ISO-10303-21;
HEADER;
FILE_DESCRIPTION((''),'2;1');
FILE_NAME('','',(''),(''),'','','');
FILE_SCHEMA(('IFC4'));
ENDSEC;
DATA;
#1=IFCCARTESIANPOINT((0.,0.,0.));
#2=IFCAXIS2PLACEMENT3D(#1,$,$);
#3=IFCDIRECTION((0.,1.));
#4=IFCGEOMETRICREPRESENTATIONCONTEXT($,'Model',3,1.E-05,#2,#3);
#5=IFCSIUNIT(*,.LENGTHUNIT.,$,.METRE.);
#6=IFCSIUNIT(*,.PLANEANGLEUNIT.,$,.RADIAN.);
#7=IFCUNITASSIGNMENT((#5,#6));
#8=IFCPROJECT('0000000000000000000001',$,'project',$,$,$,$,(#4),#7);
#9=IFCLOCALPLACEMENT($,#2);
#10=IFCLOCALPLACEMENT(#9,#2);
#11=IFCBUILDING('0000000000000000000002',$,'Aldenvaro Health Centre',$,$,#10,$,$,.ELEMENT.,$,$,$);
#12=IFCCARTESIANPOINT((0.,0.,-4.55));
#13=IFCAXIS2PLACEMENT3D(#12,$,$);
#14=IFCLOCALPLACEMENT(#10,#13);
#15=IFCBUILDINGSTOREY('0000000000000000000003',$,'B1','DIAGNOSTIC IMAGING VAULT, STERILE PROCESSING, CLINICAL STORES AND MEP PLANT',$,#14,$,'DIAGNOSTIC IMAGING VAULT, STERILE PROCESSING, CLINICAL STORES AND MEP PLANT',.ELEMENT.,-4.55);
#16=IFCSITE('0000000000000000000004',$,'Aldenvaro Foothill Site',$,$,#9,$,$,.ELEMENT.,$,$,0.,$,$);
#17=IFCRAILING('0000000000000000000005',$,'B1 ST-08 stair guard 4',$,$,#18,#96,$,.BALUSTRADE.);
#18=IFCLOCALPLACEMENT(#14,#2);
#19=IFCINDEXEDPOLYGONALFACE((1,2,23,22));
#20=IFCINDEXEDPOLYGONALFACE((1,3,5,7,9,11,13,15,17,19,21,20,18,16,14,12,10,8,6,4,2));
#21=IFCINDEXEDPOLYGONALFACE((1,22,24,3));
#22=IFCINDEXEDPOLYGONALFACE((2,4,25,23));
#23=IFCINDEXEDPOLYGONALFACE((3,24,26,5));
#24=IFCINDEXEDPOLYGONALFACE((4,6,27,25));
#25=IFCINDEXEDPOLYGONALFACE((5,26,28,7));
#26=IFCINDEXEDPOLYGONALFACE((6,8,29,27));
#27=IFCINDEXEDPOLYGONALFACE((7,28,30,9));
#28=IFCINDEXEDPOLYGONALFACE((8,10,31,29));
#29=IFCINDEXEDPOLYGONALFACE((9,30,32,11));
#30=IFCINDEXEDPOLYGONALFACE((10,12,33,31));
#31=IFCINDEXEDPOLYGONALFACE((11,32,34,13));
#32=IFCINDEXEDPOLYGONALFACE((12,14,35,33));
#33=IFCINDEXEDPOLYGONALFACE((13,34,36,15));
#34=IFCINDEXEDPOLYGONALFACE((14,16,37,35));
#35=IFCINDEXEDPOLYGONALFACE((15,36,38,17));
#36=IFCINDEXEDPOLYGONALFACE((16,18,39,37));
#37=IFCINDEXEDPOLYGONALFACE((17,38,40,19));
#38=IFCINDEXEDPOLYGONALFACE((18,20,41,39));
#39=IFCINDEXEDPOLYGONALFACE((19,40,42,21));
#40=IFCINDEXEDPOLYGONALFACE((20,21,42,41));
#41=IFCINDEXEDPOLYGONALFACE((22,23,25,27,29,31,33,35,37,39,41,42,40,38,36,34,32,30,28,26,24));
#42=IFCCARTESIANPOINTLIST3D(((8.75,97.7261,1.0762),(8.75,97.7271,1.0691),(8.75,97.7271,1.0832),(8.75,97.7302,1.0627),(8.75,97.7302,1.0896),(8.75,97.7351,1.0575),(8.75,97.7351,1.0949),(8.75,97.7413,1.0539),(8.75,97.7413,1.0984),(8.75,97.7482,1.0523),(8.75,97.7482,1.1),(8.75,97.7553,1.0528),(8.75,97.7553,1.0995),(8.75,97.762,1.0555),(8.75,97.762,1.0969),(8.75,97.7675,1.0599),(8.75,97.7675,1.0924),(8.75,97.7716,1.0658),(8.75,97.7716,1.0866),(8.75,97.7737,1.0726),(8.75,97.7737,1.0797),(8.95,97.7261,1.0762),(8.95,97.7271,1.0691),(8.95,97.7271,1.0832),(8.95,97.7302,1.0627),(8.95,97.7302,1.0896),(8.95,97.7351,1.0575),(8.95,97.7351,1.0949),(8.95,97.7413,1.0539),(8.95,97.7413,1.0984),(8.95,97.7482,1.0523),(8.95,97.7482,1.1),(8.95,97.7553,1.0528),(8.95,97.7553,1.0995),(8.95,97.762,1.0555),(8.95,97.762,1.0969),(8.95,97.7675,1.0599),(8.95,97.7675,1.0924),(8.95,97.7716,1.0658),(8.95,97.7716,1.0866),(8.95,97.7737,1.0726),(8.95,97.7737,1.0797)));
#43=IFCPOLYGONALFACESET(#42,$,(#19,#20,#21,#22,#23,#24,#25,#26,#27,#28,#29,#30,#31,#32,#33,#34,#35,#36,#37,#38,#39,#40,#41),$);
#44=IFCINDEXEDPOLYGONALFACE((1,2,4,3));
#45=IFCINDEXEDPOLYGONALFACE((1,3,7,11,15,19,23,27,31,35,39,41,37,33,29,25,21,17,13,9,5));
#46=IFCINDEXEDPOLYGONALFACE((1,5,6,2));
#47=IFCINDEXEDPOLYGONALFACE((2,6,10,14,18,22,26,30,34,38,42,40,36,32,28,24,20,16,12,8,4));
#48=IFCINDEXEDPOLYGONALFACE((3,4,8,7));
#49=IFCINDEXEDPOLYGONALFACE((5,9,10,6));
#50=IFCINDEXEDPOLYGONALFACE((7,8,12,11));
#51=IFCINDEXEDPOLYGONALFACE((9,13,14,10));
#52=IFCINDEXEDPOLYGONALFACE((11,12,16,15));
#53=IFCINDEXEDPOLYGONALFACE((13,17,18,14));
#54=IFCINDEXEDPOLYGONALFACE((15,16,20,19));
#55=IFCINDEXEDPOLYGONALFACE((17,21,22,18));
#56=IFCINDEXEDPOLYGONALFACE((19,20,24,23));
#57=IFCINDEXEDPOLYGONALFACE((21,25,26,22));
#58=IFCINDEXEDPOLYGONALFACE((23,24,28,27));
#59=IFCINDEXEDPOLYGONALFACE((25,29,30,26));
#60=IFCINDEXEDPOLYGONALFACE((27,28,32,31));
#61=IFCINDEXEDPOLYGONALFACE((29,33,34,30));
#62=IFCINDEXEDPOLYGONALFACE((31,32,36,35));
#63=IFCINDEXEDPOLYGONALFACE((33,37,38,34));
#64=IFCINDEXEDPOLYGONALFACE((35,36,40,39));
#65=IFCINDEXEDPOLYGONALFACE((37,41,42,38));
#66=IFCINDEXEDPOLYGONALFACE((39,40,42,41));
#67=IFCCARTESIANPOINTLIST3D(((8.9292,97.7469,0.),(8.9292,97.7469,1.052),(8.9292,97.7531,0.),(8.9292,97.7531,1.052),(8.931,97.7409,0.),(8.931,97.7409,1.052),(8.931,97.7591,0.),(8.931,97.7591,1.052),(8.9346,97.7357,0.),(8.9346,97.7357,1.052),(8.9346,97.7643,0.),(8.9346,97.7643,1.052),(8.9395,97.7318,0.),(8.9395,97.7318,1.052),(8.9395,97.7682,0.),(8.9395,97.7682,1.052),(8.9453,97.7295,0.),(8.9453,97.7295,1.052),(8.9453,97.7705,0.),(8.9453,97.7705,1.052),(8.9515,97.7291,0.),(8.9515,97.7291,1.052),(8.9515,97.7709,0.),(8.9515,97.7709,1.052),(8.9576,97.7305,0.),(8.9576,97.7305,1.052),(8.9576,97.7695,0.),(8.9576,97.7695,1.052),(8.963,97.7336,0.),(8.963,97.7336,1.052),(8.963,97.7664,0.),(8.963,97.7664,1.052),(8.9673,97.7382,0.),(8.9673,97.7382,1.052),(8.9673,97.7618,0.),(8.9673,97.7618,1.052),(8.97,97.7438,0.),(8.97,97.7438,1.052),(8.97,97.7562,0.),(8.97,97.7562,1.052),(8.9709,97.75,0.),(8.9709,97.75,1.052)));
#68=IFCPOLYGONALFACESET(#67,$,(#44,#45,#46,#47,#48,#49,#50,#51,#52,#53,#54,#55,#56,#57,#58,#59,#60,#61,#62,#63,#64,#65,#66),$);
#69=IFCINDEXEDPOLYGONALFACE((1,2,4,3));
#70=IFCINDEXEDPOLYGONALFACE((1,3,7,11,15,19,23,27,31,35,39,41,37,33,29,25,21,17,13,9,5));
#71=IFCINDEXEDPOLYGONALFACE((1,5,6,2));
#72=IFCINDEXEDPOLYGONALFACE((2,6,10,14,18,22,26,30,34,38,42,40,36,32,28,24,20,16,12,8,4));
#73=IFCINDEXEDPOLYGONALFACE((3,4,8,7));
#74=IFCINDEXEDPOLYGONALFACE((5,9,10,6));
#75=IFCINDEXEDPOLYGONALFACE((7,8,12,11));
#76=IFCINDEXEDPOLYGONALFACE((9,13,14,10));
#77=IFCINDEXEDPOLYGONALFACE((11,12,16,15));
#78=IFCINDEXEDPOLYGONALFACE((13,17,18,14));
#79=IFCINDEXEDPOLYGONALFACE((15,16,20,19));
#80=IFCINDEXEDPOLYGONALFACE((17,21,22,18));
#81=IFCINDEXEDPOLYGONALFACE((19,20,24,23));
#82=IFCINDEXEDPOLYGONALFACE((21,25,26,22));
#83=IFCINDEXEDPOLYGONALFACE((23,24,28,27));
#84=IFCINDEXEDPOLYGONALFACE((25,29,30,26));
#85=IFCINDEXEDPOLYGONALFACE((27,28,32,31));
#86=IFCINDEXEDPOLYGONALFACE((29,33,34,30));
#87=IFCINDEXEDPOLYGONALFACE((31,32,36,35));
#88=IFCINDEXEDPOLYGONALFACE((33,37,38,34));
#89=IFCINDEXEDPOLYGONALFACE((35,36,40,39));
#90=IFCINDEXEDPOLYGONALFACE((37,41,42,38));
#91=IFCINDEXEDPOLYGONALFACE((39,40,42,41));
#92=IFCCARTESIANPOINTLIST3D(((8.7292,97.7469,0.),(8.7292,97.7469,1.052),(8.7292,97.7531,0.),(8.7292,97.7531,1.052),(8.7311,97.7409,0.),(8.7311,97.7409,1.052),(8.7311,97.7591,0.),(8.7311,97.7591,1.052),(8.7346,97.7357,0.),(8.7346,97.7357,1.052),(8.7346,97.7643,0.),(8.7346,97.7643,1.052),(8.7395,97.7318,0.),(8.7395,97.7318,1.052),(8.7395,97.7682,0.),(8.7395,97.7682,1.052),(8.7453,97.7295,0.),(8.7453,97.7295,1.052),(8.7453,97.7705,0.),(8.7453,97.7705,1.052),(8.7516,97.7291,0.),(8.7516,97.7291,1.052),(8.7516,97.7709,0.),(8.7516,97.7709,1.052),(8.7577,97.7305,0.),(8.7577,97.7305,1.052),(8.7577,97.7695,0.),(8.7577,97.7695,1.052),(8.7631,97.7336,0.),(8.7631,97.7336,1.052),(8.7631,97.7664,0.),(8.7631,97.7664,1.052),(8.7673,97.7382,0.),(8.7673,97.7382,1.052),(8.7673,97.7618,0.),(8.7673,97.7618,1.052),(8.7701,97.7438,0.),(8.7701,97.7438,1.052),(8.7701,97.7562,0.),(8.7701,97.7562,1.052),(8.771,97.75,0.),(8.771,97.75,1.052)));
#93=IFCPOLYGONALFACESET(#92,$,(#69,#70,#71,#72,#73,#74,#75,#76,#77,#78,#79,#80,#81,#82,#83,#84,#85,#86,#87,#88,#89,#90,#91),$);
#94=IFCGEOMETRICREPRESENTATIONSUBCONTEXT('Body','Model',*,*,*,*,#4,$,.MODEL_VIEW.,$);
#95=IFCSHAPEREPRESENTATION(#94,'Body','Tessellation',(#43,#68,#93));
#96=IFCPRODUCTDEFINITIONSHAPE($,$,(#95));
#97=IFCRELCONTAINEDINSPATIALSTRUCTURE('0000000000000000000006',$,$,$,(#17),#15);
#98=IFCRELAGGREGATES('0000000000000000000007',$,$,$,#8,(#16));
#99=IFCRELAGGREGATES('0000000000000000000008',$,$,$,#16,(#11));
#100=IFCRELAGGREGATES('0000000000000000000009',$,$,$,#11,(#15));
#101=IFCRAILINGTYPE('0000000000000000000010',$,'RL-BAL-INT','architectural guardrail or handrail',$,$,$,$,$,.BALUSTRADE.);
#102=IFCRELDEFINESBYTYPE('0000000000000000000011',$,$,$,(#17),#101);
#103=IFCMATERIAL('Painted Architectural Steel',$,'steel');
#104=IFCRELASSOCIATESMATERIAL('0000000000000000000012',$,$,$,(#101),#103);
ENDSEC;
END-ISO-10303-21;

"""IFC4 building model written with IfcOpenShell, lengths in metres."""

from ifc_helpers import new_model, si_unit, direction, frame, origin, origin_2d, place, context, subcontext, project, spatial, circle, extrude, material, type_object, element, save


model = new_model("IFC4")

# Units and contexts
model_context = context("Model", 3, precision=1e-05, world=origin(), true_north=direction((0.0, 1.0)))
body_context = subcontext(model_context, "Body", "Model", "MODEL_VIEW")
ifc_project = project(units=[si_unit("LENGTHUNIT", "METRE"), si_unit("PLANEANGLEUNIT", "RADIAN")], contexts=[model_context])

# Site, building, storey
site_placement = place(None, origin())
site = spatial("IfcSite", under=ifc_project, at=site_placement, Name="Aldenvaro Foothill Site", CompositionType="ELEMENT", RefElevation=0.0)
building_placement = place(site_placement, origin())
building = spatial("IfcBuilding", under=site, at=building_placement, Name="Aldenvaro Health Centre", CompositionType="ELEMENT")
storey_placement = place(building_placement, frame((0.0, 0.0, -4.55)))
storey = spatial("IfcBuildingStorey", under=building, at=storey_placement, Name="B1", Description="DIAGNOSTIC IMAGING VAULT, STERILE PROCESSING, CLINICAL STORES AND MEP PLANT", LongName="DIAGNOSTIC IMAGING VAULT, STERILE PROCESSING, CLINICAL STORES AND MEP PLANT", CompositionType="ELEMENT", Elevation=-4.55)

# Railing
ifc_material_1 = material(Name="Painted Architectural Steel", Category="steel")
railing_type_1 = type_object("IfcRailingType", Name="RL-BAL-INT", Description="architectural guardrail or handrail", PredefinedType="BALUSTRADE", material=ifc_material_1)
railing_1_placement = place(storey_placement, frame((8.95, 97.75, 0.0)))
element("IfcRailing", 1, at=railing_1_placement, inside=storey, type_object=railing_type_1, Name="B1 ST-08 stair guard 4", PredefinedType="BALUSTRADE", context=body_context, shape_type="SweptSolid", body=[
    extrude(circle(Radius=0.0239, at=origin_2d()), frame((0.0, 0.0, 1.0762), z_axis=(-1.0, 0.0, 0.0), x_axis=(0.0, -1.0, 0.0)), (0.0, 0.0, 1.0), 0.2),
    extrude(circle(Radius=0.021, at=origin_2d()), origin(), (0.0, 0.0, 1.0), 1.052),
    extrude(circle(Radius=0.021, at=origin_2d()), frame((-0.2, 0.0, 0.0)), (0.0, 0.0, 1.0), 1.052),
])

save(model, "model.ifc")
